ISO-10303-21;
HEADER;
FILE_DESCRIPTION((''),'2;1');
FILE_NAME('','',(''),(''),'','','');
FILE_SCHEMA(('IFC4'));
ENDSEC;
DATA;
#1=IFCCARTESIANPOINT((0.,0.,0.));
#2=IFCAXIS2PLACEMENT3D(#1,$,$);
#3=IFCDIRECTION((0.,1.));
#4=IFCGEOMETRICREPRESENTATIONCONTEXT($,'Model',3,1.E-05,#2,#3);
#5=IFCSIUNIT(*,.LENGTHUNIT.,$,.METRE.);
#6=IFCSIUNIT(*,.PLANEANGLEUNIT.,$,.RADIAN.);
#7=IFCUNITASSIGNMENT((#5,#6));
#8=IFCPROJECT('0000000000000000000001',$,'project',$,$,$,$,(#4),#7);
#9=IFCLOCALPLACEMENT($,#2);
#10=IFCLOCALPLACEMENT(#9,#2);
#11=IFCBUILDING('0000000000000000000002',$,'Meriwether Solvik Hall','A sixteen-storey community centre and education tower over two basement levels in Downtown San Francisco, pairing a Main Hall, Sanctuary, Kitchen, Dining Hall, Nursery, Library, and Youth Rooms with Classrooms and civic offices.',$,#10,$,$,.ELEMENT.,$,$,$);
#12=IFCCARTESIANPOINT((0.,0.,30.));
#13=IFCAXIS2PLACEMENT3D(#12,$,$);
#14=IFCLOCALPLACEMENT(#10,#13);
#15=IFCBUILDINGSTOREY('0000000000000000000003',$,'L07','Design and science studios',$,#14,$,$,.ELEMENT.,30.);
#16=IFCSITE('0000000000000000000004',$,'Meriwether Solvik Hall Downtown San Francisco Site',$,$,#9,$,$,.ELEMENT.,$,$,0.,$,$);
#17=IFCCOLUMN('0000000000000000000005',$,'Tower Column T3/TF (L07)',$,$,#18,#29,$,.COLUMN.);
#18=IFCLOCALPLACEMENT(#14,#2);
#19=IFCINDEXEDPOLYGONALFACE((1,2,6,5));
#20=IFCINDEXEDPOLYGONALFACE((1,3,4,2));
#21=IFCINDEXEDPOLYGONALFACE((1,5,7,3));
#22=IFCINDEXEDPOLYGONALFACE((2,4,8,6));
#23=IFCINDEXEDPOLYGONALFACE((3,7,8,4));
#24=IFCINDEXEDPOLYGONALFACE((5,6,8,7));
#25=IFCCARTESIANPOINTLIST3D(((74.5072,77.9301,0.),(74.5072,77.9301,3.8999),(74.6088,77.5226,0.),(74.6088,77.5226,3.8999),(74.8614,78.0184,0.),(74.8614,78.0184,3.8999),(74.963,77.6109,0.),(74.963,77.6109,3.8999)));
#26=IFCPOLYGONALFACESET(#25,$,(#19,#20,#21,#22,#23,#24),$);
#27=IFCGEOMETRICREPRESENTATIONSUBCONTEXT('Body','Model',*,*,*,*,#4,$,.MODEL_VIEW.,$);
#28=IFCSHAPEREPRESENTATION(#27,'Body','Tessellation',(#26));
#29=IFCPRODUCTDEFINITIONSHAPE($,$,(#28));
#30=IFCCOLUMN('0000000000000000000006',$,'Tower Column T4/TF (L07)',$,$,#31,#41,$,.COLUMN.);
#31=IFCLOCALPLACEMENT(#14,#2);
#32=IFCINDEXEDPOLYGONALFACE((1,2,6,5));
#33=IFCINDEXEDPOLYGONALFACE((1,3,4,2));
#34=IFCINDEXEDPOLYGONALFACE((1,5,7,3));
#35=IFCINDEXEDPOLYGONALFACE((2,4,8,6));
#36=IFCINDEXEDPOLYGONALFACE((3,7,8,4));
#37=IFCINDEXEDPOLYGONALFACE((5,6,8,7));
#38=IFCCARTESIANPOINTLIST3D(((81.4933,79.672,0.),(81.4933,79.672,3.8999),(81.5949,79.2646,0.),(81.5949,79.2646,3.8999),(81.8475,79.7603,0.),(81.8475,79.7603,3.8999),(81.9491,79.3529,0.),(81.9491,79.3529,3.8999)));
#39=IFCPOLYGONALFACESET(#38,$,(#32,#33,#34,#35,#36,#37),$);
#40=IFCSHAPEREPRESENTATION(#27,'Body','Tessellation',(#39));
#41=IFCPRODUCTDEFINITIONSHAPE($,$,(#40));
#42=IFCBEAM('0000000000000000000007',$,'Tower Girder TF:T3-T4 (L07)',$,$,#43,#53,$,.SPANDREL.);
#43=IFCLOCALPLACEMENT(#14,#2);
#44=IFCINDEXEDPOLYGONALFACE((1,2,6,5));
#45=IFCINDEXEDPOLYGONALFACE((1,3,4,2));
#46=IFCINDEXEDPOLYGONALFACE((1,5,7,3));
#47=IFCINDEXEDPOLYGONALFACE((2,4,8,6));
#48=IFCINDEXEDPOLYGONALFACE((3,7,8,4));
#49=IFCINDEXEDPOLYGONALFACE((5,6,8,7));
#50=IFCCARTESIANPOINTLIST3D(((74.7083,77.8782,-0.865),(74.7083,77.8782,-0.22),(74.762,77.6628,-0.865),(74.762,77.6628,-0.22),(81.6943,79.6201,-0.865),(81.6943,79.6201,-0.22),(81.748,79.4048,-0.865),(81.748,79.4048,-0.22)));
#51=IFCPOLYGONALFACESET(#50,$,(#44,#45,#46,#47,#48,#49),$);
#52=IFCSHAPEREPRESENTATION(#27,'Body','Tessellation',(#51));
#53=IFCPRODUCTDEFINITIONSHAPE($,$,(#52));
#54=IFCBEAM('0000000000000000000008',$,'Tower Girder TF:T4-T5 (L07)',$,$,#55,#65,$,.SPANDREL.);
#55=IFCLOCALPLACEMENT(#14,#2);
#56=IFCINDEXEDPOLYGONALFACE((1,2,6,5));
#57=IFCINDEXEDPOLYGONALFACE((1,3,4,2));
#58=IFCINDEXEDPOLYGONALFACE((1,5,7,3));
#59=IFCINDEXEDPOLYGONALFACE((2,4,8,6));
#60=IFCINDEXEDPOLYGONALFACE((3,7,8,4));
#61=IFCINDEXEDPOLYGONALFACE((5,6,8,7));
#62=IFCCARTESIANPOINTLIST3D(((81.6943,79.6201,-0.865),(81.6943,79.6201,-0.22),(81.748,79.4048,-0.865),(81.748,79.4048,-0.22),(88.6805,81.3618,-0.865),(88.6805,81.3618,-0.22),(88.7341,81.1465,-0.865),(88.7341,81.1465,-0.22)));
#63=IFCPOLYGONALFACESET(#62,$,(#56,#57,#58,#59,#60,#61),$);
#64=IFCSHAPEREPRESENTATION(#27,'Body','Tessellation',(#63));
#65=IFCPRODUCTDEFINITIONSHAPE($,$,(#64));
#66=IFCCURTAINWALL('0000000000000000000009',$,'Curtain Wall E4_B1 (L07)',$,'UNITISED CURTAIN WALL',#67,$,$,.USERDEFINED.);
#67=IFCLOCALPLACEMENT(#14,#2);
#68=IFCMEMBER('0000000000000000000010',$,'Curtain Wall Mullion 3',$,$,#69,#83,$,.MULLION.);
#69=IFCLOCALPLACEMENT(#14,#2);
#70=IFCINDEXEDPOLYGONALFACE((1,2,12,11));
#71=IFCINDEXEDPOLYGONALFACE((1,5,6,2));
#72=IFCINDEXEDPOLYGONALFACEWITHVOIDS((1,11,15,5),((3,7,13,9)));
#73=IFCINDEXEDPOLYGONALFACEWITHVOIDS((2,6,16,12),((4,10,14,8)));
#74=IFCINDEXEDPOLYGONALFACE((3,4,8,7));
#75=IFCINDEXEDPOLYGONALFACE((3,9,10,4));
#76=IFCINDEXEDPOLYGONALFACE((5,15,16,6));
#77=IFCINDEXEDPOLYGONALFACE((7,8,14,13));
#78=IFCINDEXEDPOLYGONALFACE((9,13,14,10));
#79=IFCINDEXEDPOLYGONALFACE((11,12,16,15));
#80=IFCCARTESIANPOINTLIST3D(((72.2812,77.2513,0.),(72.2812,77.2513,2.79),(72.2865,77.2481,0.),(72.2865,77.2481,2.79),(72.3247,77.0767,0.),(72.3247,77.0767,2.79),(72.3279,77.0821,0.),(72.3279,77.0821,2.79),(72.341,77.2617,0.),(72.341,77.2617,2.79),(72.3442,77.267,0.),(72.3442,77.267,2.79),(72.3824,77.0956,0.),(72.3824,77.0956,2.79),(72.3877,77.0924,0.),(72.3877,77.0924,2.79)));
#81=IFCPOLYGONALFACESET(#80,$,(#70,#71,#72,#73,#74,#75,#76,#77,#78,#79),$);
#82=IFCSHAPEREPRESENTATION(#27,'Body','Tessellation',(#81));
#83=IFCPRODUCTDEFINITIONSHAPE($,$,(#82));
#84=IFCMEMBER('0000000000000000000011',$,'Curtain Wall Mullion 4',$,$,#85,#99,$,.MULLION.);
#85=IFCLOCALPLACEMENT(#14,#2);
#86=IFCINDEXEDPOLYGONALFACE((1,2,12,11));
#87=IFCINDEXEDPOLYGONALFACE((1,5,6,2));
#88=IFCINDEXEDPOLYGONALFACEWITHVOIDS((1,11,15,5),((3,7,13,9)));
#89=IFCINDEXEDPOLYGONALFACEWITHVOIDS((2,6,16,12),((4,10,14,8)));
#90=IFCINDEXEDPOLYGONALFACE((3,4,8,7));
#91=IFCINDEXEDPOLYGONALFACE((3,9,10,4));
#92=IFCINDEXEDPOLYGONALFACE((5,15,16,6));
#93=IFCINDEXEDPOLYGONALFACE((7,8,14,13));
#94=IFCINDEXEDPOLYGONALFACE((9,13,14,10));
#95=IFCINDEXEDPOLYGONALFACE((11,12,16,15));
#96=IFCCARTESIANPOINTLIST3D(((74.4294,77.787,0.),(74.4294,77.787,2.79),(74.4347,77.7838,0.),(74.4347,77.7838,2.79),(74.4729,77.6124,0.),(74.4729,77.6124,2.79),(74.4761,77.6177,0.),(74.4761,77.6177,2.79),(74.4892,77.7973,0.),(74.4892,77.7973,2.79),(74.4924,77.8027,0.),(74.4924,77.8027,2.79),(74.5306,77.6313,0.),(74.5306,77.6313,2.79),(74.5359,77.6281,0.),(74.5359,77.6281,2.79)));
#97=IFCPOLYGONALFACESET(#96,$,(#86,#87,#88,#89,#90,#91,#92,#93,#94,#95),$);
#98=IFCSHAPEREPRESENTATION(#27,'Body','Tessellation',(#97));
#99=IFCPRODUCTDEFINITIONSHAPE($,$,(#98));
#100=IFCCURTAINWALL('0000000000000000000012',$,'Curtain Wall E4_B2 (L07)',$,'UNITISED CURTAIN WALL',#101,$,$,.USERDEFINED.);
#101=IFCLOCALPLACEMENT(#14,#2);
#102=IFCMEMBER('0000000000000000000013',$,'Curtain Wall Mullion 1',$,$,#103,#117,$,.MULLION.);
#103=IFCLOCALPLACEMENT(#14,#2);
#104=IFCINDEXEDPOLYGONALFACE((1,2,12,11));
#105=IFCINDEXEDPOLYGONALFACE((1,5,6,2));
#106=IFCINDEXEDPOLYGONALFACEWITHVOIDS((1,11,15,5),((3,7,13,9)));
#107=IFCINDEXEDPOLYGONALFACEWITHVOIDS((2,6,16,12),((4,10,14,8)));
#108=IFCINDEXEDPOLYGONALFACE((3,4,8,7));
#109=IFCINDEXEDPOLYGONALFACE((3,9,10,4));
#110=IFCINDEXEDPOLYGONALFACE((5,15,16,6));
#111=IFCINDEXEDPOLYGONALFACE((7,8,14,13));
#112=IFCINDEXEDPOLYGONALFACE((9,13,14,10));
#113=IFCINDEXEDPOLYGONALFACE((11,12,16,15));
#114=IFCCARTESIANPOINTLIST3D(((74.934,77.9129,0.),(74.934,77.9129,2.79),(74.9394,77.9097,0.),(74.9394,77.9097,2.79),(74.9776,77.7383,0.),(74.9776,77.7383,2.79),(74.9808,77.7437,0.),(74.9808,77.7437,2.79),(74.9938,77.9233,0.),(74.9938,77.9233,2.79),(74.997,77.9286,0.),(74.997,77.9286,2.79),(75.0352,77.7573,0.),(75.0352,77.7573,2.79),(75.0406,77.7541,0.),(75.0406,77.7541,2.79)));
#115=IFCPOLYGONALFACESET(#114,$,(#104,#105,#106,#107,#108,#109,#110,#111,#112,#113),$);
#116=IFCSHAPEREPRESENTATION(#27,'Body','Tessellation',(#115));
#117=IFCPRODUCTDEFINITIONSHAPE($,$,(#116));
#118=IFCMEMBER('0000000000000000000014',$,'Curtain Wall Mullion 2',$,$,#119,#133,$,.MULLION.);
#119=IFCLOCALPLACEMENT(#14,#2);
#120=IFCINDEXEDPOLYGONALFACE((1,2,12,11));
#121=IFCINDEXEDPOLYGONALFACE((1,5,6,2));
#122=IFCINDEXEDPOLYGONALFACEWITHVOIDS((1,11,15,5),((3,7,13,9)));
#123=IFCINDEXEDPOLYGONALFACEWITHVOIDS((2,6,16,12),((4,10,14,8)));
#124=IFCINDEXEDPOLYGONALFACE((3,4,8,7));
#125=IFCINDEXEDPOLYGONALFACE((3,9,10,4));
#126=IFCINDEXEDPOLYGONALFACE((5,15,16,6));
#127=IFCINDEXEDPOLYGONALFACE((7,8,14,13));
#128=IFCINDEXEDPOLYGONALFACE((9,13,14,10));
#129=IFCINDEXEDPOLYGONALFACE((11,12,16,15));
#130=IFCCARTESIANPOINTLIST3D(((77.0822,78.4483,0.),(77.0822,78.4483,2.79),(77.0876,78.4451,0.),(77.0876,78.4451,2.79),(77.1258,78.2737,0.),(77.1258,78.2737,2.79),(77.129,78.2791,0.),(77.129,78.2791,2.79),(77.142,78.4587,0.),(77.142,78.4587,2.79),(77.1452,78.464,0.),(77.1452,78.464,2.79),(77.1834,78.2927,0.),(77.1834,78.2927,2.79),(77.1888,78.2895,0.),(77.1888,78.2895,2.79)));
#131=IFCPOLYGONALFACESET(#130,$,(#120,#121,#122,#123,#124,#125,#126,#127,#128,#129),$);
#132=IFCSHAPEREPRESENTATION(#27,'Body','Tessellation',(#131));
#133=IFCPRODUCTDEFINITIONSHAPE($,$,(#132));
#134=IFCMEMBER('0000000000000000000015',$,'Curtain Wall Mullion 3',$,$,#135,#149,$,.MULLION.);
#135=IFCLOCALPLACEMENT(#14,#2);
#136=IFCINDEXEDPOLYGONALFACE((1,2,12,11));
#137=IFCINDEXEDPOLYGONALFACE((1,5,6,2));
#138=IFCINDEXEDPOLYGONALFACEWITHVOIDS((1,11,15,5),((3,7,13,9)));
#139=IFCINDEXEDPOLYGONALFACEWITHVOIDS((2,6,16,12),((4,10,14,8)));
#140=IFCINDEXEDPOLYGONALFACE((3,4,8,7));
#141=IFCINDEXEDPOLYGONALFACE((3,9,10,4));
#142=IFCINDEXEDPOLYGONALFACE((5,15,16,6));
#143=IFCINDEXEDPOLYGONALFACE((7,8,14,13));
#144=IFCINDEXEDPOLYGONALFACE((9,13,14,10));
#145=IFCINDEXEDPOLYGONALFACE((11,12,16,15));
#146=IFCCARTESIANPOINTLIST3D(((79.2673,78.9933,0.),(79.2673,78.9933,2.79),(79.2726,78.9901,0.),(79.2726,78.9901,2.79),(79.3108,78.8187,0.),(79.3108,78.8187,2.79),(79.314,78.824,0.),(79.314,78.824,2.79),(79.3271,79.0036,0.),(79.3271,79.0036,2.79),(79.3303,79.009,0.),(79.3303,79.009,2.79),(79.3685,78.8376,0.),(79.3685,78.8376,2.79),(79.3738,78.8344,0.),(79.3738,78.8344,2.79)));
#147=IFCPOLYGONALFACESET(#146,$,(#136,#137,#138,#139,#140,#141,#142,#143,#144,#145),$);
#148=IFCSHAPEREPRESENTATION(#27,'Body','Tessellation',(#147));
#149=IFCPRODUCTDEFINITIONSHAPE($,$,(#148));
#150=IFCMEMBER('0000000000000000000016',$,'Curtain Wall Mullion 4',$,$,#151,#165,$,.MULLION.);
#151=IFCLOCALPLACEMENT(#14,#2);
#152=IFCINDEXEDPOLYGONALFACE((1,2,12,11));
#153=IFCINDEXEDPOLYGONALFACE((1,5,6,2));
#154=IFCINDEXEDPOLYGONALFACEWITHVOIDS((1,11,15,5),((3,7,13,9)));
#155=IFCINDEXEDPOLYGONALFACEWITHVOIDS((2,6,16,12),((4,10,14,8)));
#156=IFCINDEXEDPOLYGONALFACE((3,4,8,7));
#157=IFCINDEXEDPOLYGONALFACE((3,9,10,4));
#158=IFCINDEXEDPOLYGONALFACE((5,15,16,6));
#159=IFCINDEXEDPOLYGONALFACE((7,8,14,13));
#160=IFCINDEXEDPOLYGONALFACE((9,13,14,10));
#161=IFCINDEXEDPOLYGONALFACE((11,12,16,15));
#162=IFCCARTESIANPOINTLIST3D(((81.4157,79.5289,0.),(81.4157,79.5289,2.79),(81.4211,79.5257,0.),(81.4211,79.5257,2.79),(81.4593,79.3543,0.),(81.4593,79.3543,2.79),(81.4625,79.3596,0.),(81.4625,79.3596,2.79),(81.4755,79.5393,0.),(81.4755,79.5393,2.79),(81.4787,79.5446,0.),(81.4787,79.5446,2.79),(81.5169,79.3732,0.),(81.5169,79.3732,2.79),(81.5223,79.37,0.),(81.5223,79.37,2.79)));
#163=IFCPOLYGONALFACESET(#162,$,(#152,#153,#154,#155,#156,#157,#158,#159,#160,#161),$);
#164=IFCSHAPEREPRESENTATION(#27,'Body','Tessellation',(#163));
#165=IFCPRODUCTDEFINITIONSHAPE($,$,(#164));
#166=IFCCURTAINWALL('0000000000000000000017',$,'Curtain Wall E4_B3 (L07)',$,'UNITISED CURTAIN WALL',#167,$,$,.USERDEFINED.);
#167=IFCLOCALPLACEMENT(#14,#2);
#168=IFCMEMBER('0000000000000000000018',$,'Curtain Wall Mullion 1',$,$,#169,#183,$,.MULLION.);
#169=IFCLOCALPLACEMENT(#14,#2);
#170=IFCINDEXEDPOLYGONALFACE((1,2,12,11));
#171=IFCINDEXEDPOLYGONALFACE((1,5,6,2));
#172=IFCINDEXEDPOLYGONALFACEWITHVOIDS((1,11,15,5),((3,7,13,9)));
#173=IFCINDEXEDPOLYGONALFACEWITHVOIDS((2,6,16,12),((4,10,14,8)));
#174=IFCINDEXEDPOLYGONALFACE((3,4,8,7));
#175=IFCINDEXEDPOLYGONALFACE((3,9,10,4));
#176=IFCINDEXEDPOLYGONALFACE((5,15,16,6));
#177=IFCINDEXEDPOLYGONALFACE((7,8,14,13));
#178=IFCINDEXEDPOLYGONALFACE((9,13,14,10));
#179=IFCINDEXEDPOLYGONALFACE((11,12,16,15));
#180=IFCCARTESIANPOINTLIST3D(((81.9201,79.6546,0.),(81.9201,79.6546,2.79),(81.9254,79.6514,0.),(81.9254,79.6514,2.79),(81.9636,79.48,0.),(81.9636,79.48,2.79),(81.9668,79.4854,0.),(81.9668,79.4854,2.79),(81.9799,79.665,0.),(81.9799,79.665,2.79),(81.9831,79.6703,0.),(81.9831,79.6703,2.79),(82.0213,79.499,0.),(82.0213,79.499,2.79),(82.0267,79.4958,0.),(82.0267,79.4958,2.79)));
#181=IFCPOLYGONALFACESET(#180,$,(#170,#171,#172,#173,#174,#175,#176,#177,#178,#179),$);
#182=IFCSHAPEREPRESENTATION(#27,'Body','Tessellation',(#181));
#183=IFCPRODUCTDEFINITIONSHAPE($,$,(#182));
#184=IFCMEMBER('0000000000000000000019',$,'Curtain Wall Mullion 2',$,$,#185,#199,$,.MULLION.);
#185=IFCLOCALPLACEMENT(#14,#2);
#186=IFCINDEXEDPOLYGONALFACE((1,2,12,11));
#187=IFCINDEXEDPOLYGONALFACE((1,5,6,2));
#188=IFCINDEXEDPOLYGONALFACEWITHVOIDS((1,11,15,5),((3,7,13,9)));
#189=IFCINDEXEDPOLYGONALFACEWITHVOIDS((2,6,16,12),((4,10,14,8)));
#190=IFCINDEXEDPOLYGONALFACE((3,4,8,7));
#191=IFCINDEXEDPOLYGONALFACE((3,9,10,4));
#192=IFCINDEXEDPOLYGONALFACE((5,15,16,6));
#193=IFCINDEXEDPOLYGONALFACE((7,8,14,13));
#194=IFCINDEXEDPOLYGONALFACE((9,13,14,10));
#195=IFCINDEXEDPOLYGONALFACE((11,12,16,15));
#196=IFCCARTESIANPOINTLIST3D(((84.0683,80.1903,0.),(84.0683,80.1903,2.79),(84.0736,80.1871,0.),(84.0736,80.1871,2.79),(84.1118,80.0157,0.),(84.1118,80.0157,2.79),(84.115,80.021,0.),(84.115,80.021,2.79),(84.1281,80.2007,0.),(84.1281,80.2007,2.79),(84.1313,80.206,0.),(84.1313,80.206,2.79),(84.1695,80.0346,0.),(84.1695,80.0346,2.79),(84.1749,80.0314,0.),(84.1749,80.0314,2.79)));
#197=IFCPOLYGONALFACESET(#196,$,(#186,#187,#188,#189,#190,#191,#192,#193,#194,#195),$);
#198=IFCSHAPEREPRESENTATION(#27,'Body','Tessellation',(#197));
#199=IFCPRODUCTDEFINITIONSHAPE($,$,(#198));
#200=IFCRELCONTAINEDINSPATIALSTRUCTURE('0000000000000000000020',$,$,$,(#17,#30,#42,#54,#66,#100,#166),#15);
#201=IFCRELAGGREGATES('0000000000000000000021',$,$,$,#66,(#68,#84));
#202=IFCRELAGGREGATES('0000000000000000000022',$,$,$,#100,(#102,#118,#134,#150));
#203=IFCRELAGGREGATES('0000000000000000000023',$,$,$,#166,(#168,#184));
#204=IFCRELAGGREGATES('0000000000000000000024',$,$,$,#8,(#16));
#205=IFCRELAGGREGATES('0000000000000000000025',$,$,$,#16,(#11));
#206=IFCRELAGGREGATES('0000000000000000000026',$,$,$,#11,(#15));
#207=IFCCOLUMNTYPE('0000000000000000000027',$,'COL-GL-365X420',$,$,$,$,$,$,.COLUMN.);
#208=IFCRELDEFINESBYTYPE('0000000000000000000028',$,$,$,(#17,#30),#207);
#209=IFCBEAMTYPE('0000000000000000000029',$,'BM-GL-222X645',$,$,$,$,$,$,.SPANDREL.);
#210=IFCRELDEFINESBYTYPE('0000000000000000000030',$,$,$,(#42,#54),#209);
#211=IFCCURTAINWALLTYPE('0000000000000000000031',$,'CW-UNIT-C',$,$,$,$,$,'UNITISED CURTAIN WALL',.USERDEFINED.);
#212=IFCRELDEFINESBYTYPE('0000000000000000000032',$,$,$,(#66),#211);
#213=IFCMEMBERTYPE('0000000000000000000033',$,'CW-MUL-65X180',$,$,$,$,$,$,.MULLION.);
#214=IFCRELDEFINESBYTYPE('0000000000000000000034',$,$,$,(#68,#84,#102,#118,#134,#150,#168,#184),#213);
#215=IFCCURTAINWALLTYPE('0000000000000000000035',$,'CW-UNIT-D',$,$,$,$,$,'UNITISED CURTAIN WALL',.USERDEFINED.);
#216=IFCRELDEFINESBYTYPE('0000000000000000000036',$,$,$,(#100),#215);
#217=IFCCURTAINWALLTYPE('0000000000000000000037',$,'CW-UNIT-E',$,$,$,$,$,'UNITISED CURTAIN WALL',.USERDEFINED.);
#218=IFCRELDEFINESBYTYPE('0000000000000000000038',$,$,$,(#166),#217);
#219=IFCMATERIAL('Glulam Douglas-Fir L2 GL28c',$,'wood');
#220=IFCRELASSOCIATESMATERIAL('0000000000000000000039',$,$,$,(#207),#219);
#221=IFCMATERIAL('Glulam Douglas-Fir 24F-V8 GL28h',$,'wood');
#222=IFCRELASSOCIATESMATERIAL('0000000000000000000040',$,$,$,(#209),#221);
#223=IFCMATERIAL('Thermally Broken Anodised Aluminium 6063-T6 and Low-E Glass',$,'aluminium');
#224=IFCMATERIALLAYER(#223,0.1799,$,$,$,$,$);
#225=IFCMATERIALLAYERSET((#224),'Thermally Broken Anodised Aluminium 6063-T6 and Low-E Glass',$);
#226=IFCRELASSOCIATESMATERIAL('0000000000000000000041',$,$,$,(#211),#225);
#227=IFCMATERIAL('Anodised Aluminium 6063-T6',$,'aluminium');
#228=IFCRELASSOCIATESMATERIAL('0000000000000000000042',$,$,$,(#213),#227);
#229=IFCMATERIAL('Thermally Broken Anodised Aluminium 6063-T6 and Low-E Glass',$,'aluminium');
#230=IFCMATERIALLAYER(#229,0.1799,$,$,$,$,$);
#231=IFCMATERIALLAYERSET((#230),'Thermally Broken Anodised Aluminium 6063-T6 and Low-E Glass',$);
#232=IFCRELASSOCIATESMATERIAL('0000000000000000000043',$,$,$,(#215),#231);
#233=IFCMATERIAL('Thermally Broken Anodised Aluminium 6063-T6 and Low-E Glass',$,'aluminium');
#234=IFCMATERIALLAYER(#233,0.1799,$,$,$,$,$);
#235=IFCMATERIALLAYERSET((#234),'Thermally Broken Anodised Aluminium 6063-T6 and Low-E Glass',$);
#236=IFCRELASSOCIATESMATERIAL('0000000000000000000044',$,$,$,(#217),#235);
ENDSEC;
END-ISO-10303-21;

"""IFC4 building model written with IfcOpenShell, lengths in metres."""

from ifc_helpers import new_model, si_unit, direction, frame, origin, origin_2d, place, context, subcontext, project, spatial, rectangle, hollow_rectangle, extrude, material, layer, layer_set, material_profile, profile_set, type_object, element, aggregate, save


model = new_model("IFC4")

# Units and contexts
model_context = context("Model", 3, precision=1e-05, world=origin(), true_north=direction((0.0, 1.0)))
body_context = subcontext(model_context, "Body", "Model", "MODEL_VIEW")
ifc_project = project(units=[si_unit("LENGTHUNIT", "METRE"), si_unit("PLANEANGLEUNIT", "RADIAN")], contexts=[model_context])

# Site, building, storey
site_placement = place(None, origin())
site = spatial("IfcSite", under=ifc_project, at=site_placement, Name="Meriwether Solvik Hall Downtown San Francisco Site", CompositionType="ELEMENT", RefElevation=0.0)
building_placement = place(site_placement, origin())
building = spatial("IfcBuilding", under=site, at=building_placement, Name="Meriwether Solvik Hall", Description="A sixteen-storey community centre and education tower over two basement levels in Downtown San Francisco, pairing a Main Hall, Sanctuary, Kitchen, Dining Hall, Nursery, Library, and Youth Rooms with Classrooms and civic offices.", CompositionType="ELEMENT")
storey_placement = place(building_placement, frame((0.0, 0.0, 30.0)))
storey = spatial("IfcBuildingStorey", under=building, at=storey_placement, Name="L07", Description="Design and science studios", CompositionType="ELEMENT", Elevation=30.0)

# Columns
ifc_material_1 = material(Name="Glulam Douglas-Fir L2 GL28c", Category="wood")
ifc_material_profile_1 = material_profile(ifc_material_1, rectangle(XDim=0.365, YDim=0.4199, at=origin_2d()), Name="GLC-365X420")
ifc_profile_set_1 = profile_set([ifc_material_profile_1], Name="Glulam Douglas-Fir L2 GL28c")
column_type = type_object("IfcColumnType", Name="COL-GL-365X420", PredefinedType="COLUMN", material=ifc_profile_set_1)
for number, where, z_axis, x_axis, name in (
    (1, (74.7351, 77.7705, 0.0), (0.0, 0.0, 1.0), (0.970296, 0.241922, 0.0), "Tower Column T3/TF (L07)"),
    (2, (81.7212, 79.5125, 0.0), (0.0, 0.0, 1.0), (0.970296, 0.241922, 0.0), "Tower Column T4/TF (L07)"),
):
    element("IfcColumn", number, at=place(storey_placement, frame(where, z_axis=z_axis, x_axis=x_axis)), inside=storey, type_object=column_type, Name=name, PredefinedType="COLUMN", context=body_context, shape_type="SweptSolid", body=[
        extrude(rectangle(XDim=0.365, YDim=0.4199, at=origin_2d()), origin(), (0.0, 0.0, 1.0), 3.8999),
    ])

# Beams
ifc_material_2 = material(Name="Glulam Douglas-Fir 24F-V8 GL28h", Category="wood")
ifc_material_profile_2 = material_profile(ifc_material_2, rectangle(XDim=0.2219, YDim=0.645, at=origin_2d()), Name="GLB-222X645")
ifc_profile_set_2 = profile_set([ifc_material_profile_2], Name="Glulam Douglas-Fir 24F-V8 GL28h")
beam_type = type_object("IfcBeamType", Name="BM-GL-222X645", PredefinedType="SPANDREL", material=ifc_profile_set_2)
for number, where, z_axis, x_axis, name in (
    (3, (74.7351, 77.7705, -0.5425), (0.970292, 0.241937, 0.0), (-0.241937, 0.970292, 0.0), "Tower Girder TF:T3-T4 (L07)"),
    (4, (81.7212, 79.5125, -0.5425), (0.9703, 0.241905, 0.0), (-0.241905, 0.9703, 0.0), "Tower Girder TF:T4-T5 (L07)"),
):
    element("IfcBeam", number, at=place(storey_placement, frame(where, z_axis=z_axis, x_axis=x_axis)), inside=storey, type_object=beam_type, Name=name, PredefinedType="SPANDREL", context=body_context, shape_type="SweptSolid", body=[
        extrude(rectangle(XDim=0.2219, YDim=0.645, at=origin_2d()), origin(), (0.0, 0.0, 1.0), 7.2),
    ])

# Curtain walls, members
ifc_material_3 = material(Name="Thermally Broken Anodised Aluminium 6063-T6 and Low-E Glass", Category="aluminium")
ifc_layer_1 = layer(ifc_material_3, 0.1799)
ifc_layer_set_1 = layer_set([ifc_layer_1], Name="Thermally Broken Anodised Aluminium 6063-T6 and Low-E Glass")
curtain_wall_type_1 = type_object("IfcCurtainWallType", Name="CW-UNIT-C", ElementType="UNITISED CURTAIN WALL", PredefinedType="USERDEFINED", material=ifc_layer_set_1)
curtain_wall_1_placement = place(storey_placement, origin())
curtain_wall_1 = element("IfcCurtainWall", 5, at=curtain_wall_1_placement, inside=storey, type_object=curtain_wall_type_1, Name="Curtain Wall E4_B1 (L07)", ObjectType="UNITISED CURTAIN WALL", PredefinedType="USERDEFINED")
ifc_material_4 = material(Name="Anodised Aluminium 6063-T6", Category="aluminium")
ifc_material_profile_3 = material_profile(ifc_material_4, hollow_rectangle(XDim=0.0649, YDim=0.1799, WallThickness=0.0044, at=origin_2d()), Name="CWM-65X180")
ifc_profile_set_3 = profile_set([ifc_material_profile_3], Name="Anodised Aluminium 6063-T6")
member_type_1 = type_object("IfcMemberType", Name="CW-MUL-65X180", PredefinedType="MULLION", material=ifc_profile_set_3)
member_1_placement = place(storey_placement, frame((72.3345, 77.1719, 0.0), z_axis=(0.0, 0.0, 1.0), x_axis=(0.970296, 0.241922, 0.0)))
member_1 = element("IfcMember", 6, at=member_1_placement, type_object=member_type_1, Name="Curtain Wall Mullion 3", PredefinedType="MULLION", context=body_context, shape_type="SweptSolid", body=[
    extrude(hollow_rectangle(XDim=0.0649, YDim=0.1799, WallThickness=0.0044, at=origin_2d()), origin(), (0.0, 0.0, 1.0), 2.79),
])
member_2_placement = place(storey_placement, frame((74.4827, 77.7075, 0.0), z_axis=(0.0, 0.0, 1.0), x_axis=(0.970296, 0.241922, 0.0)))
member_2 = element("IfcMember", 7, at=member_2_placement, type_object=member_type_1, Name="Curtain Wall Mullion 4", PredefinedType="MULLION", context=body_context, shape_type="SweptSolid", body=[
    extrude(hollow_rectangle(XDim=0.0649, YDim=0.1799, WallThickness=0.0044, at=origin_2d()), origin(), (0.0, 0.0, 1.0), 2.79),
])
ifc_material_5 = material(Name="Thermally Broken Anodised Aluminium 6063-T6 and Low-E Glass", Category="aluminium")
ifc_layer_2 = layer(ifc_material_5, 0.1799)
ifc_layer_set_2 = layer_set([ifc_layer_2], Name="Thermally Broken Anodised Aluminium 6063-T6 and Low-E Glass")
curtain_wall_type_2 = type_object("IfcCurtainWallType", Name="CW-UNIT-D", ElementType="UNITISED CURTAIN WALL", PredefinedType="USERDEFINED", material=ifc_layer_set_2)
curtain_wall_2_placement = place(storey_placement, origin())
curtain_wall_2 = element("IfcCurtainWall", 8, at=curtain_wall_2_placement, inside=storey, type_object=curtain_wall_type_2, Name="Curtain Wall E4_B2 (L07)", ObjectType="UNITISED CURTAIN WALL", PredefinedType="USERDEFINED")
member_3_placement = place(storey_placement, frame((74.9873, 77.8335, 0.0), z_axis=(0.0, 0.0, 1.0), x_axis=(0.970296, 0.241922, 0.0)))
member_3 = element("IfcMember", 9, at=member_3_placement, type_object=member_type_1, Name="Curtain Wall Mullion 1", PredefinedType="MULLION", context=body_context, shape_type="SweptSolid", body=[
    extrude(hollow_rectangle(XDim=0.0649, YDim=0.1799, WallThickness=0.0044, at=origin_2d()), origin(), (0.0, 0.0, 1.0), 2.79),
])
member_4_placement = place(storey_placement, frame((77.1355, 78.3689, 0.0), z_axis=(0.0, 0.0, 1.0), x_axis=(0.970296, 0.241922, 0.0)))
member_4 = element("IfcMember", 10, at=member_4_placement, type_object=member_type_1, Name="Curtain Wall Mullion 2", PredefinedType="MULLION", context=body_context, shape_type="SweptSolid", body=[
    extrude(hollow_rectangle(XDim=0.0649, YDim=0.1799, WallThickness=0.0044, at=origin_2d()), origin(), (0.0, 0.0, 1.0), 2.79),
])
member_5_placement = place(storey_placement, frame((79.3206, 78.9138, 0.0), z_axis=(0.0, 0.0, 1.0), x_axis=(0.970296, 0.241922, 0.0)))
member_5 = element("IfcMember", 11, at=member_5_placement, type_object=member_type_1, Name="Curtain Wall Mullion 3", PredefinedType="MULLION", context=body_context, shape_type="SweptSolid", body=[
    extrude(hollow_rectangle(XDim=0.0649, YDim=0.1799, WallThickness=0.0044, at=origin_2d()), origin(), (0.0, 0.0, 1.0), 2.79),
])
member_6_placement = place(storey_placement, frame((81.469, 79.4495, 0.0), z_axis=(0.0, 0.0, 1.0), x_axis=(0.970296, 0.241922, 0.0)))
member_6 = element("IfcMember", 12, at=member_6_placement, type_object=member_type_1, Name="Curtain Wall Mullion 4", PredefinedType="MULLION", context=body_context, shape_type="SweptSolid", body=[
    extrude(hollow_rectangle(XDim=0.0649, YDim=0.1799, WallThickness=0.0044, at=origin_2d()), origin(), (0.0, 0.0, 1.0), 2.79),
])
ifc_material_6 = material(Name="Thermally Broken Anodised Aluminium 6063-T6 and Low-E Glass", Category="aluminium")
ifc_layer_3 = layer(ifc_material_6, 0.1799)
ifc_layer_set_3 = layer_set([ifc_layer_3], Name="Thermally Broken Anodised Aluminium 6063-T6 and Low-E Glass")
curtain_wall_type_3 = type_object("IfcCurtainWallType", Name="CW-UNIT-E", ElementType="UNITISED CURTAIN WALL", PredefinedType="USERDEFINED", material=ifc_layer_set_3)
curtain_wall_3_placement = place(storey_placement, origin())
curtain_wall_3 = element("IfcCurtainWall", 13, at=curtain_wall_3_placement, inside=storey, type_object=curtain_wall_type_3, Name="Curtain Wall E4_B3 (L07)", ObjectType="UNITISED CURTAIN WALL", PredefinedType="USERDEFINED")
member_7_placement = place(storey_placement, frame((81.9734, 79.5752, 0.0), z_axis=(0.0, 0.0, 1.0), x_axis=(0.970296, 0.241922, 0.0)))
member_7 = element("IfcMember", 14, at=member_7_placement, type_object=member_type_1, Name="Curtain Wall Mullion 1", PredefinedType="MULLION", context=body_context, shape_type="SweptSolid", body=[
    extrude(hollow_rectangle(XDim=0.0649, YDim=0.1799, WallThickness=0.0044, at=origin_2d()), origin(), (0.0, 0.0, 1.0), 2.79),
])
member_8_placement = place(storey_placement, frame((84.1216, 80.1108, 0.0), z_axis=(0.0, 0.0, 1.0), x_axis=(0.970296, 0.241922, 0.0)))
member_8 = element("IfcMember", 15, at=member_8_placement, type_object=member_type_1, Name="Curtain Wall Mullion 2", PredefinedType="MULLION", context=body_context, shape_type="SweptSolid", body=[
    extrude(hollow_rectangle(XDim=0.0649, YDim=0.1799, WallThickness=0.0044, at=origin_2d()), origin(), (0.0, 0.0, 1.0), 2.79),
])

aggregate(curtain_wall_1, [member_1, member_2])
aggregate(curtain_wall_2, [member_3, member_4, member_5, member_6])
aggregate(curtain_wall_3, [member_7, member_8])

save(model, "model.ifc")
